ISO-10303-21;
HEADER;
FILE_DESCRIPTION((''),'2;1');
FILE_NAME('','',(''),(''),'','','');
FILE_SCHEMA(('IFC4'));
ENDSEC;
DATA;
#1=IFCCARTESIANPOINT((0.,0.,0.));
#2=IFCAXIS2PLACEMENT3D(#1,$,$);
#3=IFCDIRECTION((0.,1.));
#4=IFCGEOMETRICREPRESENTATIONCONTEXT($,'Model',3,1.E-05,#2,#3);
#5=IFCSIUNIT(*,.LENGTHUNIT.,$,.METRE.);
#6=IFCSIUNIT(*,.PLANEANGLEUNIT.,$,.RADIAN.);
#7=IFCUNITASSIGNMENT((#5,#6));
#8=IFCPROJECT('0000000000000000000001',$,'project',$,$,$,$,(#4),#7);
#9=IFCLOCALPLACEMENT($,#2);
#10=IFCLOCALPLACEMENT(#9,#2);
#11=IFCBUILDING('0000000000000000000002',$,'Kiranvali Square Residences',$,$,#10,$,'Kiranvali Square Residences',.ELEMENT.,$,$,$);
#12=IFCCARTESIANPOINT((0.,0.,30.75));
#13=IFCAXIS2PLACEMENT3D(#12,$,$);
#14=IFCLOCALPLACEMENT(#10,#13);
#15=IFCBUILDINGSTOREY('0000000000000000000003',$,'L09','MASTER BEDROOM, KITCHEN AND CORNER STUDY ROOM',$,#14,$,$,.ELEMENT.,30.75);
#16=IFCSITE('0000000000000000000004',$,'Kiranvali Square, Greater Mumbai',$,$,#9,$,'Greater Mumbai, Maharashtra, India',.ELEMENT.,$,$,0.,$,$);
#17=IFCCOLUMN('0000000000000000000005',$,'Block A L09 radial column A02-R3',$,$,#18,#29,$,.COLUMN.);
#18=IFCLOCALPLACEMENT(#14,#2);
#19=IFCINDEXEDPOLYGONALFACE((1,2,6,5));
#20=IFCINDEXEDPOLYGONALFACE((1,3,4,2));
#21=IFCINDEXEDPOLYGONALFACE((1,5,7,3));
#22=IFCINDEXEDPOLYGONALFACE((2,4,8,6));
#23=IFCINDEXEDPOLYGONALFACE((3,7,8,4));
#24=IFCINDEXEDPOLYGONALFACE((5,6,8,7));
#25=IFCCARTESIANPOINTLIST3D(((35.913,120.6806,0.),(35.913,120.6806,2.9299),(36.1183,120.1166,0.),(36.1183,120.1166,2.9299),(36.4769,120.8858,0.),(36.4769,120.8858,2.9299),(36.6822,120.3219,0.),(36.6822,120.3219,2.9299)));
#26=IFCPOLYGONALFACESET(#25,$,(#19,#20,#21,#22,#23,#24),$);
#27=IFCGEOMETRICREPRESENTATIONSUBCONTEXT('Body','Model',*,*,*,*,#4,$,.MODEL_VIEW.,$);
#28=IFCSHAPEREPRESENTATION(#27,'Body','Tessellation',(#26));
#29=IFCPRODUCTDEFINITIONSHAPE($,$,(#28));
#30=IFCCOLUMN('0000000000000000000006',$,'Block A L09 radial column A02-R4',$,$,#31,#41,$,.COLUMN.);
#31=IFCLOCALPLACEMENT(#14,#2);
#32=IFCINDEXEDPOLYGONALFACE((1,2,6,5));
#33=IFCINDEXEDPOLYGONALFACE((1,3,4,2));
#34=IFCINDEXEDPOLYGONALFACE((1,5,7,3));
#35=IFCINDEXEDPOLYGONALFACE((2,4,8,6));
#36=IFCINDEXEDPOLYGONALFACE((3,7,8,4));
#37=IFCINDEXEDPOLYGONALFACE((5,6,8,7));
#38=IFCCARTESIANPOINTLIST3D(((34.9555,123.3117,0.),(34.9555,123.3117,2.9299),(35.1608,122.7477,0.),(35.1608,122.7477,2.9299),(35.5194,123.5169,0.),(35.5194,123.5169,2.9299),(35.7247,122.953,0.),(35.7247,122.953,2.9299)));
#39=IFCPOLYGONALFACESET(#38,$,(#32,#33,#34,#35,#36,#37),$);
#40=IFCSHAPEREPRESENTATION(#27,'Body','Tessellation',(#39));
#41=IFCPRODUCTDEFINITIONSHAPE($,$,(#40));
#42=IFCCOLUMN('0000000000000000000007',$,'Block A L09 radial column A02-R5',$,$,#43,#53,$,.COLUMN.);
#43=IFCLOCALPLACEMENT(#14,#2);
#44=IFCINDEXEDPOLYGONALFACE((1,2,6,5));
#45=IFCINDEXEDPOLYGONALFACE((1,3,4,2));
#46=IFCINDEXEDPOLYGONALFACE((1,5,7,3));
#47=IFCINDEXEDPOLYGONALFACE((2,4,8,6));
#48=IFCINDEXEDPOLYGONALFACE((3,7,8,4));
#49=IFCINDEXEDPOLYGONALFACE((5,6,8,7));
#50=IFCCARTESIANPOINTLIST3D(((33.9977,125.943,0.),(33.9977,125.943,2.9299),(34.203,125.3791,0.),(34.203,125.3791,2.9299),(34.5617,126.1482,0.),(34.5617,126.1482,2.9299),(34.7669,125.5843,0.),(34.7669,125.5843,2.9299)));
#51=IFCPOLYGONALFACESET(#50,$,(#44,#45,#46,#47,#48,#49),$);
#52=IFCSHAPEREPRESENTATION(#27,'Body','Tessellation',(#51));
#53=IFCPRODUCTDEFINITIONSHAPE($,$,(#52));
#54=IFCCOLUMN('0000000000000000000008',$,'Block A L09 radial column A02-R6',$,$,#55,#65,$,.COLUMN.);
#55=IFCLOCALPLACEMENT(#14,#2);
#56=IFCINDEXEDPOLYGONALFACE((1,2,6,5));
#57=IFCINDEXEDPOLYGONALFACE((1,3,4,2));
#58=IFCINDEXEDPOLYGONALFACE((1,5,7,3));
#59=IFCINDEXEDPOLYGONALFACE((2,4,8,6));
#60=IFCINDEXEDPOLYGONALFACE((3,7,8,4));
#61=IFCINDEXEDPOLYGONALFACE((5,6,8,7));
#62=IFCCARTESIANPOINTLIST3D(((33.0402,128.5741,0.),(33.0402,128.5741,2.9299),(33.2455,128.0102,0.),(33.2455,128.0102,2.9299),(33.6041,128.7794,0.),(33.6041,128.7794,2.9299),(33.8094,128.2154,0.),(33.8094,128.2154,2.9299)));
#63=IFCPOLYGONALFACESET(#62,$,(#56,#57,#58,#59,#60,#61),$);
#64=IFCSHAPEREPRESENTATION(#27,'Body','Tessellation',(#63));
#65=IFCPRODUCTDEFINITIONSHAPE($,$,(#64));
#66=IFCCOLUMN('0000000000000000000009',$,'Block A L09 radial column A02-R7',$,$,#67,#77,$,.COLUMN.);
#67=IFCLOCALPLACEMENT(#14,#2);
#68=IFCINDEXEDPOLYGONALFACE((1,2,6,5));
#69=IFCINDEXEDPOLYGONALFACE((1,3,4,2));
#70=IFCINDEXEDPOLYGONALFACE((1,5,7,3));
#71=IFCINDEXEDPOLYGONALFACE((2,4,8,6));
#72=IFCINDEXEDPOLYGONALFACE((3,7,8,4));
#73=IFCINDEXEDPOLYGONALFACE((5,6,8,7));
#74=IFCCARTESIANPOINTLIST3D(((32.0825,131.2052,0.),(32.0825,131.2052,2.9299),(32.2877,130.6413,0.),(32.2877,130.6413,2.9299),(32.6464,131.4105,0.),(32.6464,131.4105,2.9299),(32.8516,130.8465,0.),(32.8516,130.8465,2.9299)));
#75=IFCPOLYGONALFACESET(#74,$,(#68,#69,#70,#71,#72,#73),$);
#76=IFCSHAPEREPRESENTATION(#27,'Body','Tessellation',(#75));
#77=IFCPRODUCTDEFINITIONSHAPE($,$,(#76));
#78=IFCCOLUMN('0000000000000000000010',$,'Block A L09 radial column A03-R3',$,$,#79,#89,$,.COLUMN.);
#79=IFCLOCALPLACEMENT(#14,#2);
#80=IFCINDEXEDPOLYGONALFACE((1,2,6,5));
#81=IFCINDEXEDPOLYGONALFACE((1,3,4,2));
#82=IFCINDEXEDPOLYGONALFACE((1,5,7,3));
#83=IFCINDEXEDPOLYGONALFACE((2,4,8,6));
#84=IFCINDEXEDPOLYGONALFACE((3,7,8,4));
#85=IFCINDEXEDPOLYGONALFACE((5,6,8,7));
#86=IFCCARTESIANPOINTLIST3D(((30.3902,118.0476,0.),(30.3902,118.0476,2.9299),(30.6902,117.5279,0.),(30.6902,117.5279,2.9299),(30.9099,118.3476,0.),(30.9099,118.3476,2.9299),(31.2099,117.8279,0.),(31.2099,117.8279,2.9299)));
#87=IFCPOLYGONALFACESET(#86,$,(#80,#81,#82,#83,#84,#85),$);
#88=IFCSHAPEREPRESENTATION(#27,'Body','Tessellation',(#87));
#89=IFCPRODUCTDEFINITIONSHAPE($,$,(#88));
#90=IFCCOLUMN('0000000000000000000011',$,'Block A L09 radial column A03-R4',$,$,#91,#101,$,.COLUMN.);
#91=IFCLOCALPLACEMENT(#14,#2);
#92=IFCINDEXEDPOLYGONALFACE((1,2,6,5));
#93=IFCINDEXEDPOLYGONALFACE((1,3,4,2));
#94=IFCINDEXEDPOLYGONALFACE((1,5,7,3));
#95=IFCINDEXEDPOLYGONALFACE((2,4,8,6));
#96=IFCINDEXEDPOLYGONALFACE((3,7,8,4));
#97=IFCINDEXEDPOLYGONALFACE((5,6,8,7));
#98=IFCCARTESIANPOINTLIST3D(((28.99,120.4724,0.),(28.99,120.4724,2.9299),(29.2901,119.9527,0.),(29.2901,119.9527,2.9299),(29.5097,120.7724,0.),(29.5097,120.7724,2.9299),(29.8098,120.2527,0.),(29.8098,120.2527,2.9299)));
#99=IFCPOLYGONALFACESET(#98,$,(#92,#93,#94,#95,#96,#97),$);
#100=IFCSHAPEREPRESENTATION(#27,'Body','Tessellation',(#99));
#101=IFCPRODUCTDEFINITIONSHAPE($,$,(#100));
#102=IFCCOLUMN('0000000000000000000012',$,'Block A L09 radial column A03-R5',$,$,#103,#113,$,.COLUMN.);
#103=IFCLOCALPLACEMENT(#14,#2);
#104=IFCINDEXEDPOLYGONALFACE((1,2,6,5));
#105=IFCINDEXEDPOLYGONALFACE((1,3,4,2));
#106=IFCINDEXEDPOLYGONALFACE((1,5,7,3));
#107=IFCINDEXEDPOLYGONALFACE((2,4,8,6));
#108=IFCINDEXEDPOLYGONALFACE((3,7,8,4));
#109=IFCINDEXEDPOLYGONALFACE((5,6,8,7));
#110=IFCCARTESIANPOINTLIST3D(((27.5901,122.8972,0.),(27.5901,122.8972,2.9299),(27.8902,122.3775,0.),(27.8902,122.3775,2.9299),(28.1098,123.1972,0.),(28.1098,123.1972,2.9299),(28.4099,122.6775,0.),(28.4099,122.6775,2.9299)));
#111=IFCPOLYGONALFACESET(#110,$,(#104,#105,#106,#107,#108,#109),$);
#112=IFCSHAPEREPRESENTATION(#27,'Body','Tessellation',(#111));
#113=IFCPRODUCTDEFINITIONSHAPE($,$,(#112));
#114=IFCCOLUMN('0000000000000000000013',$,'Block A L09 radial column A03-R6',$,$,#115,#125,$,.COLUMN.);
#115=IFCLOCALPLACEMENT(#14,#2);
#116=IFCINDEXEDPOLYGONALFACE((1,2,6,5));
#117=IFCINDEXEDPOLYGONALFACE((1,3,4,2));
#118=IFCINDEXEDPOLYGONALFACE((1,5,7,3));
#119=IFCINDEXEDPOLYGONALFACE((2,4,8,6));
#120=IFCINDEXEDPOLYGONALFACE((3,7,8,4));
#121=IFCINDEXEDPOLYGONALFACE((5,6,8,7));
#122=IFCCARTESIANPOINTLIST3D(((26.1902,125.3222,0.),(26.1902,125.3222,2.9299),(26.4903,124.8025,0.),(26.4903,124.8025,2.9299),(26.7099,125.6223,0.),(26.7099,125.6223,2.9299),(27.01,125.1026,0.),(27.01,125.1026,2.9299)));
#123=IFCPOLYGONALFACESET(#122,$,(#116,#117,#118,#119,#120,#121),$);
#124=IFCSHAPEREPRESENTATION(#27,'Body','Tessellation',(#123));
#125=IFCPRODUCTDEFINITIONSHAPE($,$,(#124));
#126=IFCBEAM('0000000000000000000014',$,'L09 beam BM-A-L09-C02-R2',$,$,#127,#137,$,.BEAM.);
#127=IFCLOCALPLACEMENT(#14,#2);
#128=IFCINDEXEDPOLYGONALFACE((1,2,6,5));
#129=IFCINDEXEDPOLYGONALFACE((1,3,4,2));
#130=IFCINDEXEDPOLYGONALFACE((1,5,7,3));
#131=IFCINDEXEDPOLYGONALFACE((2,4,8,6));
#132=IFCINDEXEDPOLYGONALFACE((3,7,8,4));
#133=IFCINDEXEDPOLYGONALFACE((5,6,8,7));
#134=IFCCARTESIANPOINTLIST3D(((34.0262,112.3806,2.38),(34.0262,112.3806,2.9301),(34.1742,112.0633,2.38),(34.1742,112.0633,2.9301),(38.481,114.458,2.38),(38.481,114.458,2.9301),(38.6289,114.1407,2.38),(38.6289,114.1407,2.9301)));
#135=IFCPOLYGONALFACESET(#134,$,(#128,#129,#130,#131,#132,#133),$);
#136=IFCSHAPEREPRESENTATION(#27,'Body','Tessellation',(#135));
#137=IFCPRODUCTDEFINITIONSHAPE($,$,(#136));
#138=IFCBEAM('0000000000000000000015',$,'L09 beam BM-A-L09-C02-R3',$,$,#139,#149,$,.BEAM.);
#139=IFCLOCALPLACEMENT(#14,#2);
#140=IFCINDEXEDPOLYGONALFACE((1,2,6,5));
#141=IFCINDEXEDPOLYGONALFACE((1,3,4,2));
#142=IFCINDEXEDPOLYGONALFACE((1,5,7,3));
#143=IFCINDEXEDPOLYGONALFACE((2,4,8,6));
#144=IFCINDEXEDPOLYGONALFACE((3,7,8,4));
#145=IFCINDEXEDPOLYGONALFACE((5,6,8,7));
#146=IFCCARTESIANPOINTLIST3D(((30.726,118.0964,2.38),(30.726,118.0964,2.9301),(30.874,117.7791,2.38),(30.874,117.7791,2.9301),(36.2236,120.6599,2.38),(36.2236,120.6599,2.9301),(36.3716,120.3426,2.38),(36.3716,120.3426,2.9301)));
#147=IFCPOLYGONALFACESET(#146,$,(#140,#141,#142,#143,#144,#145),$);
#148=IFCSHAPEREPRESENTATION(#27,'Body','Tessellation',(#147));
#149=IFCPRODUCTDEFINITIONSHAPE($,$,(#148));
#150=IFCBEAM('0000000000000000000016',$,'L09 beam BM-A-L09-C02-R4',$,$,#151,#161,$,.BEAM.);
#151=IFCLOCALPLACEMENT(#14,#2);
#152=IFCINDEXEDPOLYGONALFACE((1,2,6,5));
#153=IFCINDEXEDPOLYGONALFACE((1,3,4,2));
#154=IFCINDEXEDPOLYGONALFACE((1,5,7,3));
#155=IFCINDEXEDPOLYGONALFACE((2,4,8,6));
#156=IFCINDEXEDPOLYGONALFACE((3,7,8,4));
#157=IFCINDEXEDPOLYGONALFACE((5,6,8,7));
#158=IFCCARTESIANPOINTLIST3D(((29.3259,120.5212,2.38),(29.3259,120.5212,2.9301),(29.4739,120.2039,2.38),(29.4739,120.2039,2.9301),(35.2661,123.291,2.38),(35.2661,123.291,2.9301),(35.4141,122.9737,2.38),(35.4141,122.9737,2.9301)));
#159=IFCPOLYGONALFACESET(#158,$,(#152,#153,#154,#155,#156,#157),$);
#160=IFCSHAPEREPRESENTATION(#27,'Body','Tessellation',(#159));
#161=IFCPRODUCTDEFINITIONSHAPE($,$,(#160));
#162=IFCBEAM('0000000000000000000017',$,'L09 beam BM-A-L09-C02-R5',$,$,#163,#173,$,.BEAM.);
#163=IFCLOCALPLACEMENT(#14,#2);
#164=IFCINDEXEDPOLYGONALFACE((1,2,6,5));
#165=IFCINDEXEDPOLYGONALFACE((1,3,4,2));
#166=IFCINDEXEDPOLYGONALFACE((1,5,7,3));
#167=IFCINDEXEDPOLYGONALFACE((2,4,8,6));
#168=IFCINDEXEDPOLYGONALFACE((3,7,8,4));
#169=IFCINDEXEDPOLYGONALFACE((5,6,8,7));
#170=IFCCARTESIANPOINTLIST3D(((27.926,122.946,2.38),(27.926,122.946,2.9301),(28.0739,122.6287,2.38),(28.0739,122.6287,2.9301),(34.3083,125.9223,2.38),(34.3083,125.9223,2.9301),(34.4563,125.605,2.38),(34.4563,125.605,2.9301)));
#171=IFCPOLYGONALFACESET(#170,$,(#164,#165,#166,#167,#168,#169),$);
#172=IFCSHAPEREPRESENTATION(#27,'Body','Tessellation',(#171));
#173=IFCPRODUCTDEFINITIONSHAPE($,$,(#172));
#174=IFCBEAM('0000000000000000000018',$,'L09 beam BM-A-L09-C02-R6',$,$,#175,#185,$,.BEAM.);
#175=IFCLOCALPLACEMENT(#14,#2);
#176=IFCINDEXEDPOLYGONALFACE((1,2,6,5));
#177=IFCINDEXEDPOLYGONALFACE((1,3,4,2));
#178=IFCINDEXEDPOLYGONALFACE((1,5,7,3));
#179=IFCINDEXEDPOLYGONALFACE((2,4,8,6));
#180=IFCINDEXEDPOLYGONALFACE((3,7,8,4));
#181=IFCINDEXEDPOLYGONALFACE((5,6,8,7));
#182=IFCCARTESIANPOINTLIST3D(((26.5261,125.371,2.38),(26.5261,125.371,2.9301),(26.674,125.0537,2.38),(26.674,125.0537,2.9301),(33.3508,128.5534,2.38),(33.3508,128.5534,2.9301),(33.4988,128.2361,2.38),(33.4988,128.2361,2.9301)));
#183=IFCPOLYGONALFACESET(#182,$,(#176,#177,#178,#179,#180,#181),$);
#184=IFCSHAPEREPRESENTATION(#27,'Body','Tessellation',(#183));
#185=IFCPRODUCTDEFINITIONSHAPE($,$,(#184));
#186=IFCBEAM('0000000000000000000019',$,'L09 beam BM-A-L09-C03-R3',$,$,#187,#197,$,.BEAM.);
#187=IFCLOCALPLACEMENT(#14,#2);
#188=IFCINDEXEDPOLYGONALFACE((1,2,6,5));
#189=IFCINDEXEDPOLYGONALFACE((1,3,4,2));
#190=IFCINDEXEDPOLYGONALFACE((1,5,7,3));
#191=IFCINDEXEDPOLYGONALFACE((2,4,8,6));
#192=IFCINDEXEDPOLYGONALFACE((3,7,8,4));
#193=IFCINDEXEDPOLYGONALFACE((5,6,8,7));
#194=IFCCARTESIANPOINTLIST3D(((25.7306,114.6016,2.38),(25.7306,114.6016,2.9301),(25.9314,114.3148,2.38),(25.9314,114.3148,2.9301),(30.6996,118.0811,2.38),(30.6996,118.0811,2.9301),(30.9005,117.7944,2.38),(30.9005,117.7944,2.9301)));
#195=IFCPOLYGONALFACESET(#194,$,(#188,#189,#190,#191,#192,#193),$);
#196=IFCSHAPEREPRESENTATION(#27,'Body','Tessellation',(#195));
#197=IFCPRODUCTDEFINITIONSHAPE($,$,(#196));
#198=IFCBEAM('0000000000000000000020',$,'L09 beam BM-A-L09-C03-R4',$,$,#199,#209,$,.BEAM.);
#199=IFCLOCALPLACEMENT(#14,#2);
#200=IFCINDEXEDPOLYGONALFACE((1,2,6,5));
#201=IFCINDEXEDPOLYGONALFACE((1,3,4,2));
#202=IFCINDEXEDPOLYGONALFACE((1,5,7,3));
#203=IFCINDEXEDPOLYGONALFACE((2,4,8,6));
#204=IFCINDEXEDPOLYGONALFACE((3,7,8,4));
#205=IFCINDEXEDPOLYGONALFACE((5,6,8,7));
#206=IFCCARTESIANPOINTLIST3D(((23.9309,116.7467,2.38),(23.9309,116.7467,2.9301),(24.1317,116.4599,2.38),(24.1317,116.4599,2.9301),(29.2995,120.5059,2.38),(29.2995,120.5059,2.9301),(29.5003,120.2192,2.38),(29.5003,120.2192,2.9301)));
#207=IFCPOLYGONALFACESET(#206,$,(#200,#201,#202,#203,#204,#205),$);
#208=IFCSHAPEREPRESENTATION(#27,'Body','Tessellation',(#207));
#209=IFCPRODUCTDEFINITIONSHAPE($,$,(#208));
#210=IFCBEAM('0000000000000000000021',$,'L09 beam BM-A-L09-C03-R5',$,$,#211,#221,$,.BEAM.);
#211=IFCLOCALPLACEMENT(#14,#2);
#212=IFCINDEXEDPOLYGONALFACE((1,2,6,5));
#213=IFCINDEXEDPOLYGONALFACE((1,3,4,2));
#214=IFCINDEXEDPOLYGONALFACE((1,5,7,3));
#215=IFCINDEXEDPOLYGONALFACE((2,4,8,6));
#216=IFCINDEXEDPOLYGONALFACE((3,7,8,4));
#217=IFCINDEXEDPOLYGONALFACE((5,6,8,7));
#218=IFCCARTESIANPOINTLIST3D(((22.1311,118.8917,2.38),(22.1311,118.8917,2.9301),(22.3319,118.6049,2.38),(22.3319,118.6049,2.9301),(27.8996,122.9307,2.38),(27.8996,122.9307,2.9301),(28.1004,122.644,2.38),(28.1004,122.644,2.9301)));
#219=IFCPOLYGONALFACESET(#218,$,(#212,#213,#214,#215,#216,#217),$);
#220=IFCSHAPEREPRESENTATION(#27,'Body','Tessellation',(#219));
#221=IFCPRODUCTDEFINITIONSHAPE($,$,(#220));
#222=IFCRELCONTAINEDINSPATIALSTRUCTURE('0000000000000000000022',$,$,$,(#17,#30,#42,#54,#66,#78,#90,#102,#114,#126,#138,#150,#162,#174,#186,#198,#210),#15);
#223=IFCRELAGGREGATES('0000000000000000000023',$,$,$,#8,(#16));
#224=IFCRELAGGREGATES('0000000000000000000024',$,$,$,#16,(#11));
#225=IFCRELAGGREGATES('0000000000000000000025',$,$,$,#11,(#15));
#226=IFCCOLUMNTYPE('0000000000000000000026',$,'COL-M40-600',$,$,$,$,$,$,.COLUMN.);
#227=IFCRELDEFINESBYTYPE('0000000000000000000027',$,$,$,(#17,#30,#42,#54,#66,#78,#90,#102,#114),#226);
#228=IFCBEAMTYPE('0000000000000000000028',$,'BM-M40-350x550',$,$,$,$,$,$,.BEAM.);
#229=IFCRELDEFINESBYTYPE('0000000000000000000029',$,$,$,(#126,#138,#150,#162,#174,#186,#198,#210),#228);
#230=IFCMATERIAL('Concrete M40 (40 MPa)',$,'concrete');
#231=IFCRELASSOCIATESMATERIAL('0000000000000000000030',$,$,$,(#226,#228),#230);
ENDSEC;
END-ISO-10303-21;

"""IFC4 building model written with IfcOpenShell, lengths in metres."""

from ifc_helpers import new_model, si_unit, direction, frame, origin, origin_2d, place, context, subcontext, project, spatial, rectangle, extrude, material, material_profile, profile_set, type_object, element, save


model = new_model("IFC4")

# Units and contexts
model_context = context("Model", 3, precision=1e-05, world=origin(), true_north=direction((0.0, 1.0)))
body_context = subcontext(model_context, "Body", "Model", "MODEL_VIEW")
ifc_project = project(units=[si_unit("LENGTHUNIT", "METRE"), si_unit("PLANEANGLEUNIT", "RADIAN")], contexts=[model_context])

# Site, building, storey
site_placement = place(None, origin())
site = spatial("IfcSite", under=ifc_project, at=site_placement, Name="Kiranvali Square, Greater Mumbai", LongName="Greater Mumbai, Maharashtra, India", CompositionType="ELEMENT", RefElevation=0.0)
building_placement = place(site_placement, origin())
building = spatial("IfcBuilding", under=site, at=building_placement, Name="Kiranvali Square Residences", LongName="Kiranvali Square Residences", CompositionType="ELEMENT")
storey_placement = place(building_placement, frame((0.0, 0.0, 30.75)))
storey = spatial("IfcBuildingStorey", under=building, at=storey_placement, Name="L09", Description="MASTER BEDROOM, KITCHEN AND CORNER STUDY ROOM", CompositionType="ELEMENT", Elevation=30.75)

# Columns
ifc_material_1 = material(Name="Concrete M40 (40 MPa)", Category="concrete")
ifc_material_profile_1 = material_profile(ifc_material_1, rectangle(XDim=0.6001, YDim=0.6001, at=origin_2d()), Name="RC 600x600")
ifc_profile_set_1 = profile_set([ifc_material_profile_1], Name="Concrete M40 (40 MPa)")
column_type = type_object("IfcColumnType", Name="COL-M40-600", PredefinedType="COLUMN", material=ifc_profile_set_1)
for number, where, z_axis, x_axis, name in (
    (1, (36.2976, 120.5012, 0.0), (0.0, 0.0, 1.0), (0.939693, 0.34202, 0.0), "Block A L09 radial column A02-R3"),
    (2, (35.3401, 123.1323, 0.0), (0.0, 0.0, 1.0), (0.939693, 0.34202, 0.0), "Block A L09 radial column A02-R4"),
    (3, (34.3823, 125.7637, 0.0), (0.0, 0.0, 1.0), (0.939693, 0.34202, 0.0), "Block A L09 radial column A02-R5"),
    (4, (33.4248, 128.3948, 0.0), (0.0, 0.0, 1.0), (0.939693, 0.34202, 0.0), "Block A L09 radial column A02-R6"),
    (5, (32.467, 131.0259, 0.0), (0.0, 0.0, 1.0), (0.939693, 0.34202, 0.0), "Block A L09 radial column A02-R7"),
    (6, (30.8, 117.9377, 0.0), (0.0, 0.0, 1.0), (0.866025, 0.5, 0.0), "Block A L09 radial column A03-R3"),
    (7, (29.3999, 120.3625, 0.0), (0.0, 0.0, 1.0), (0.866025, 0.5, 0.0), "Block A L09 radial column A03-R4"),
    (8, (28.0, 122.7874, 0.0), (0.0, 0.0, 1.0), (0.866025, 0.5, 0.0), "Block A L09 radial column A03-R5"),
    (9, (26.6001, 125.2124, 0.0), (0.0, 0.0, 1.0), (0.866025, 0.5, 0.0), "Block A L09 radial column A03-R6"),
):
    element("IfcColumn", number, at=place(storey_placement, frame(where, z_axis=z_axis, x_axis=x_axis)), inside=storey, type_object=column_type, Name=name, PredefinedType="COLUMN", context=body_context, shape_type="SweptSolid", body=[
        extrude(rectangle(XDim=0.6001, YDim=0.6001, at=origin_2d()), origin(), (0.0, 0.0, 1.0), 2.9299),
    ])

# Beams
ifc_material_profile_2 = material_profile(ifc_material_1, rectangle(XDim=0.3501, YDim=0.55, at=origin_2d()), Name="RC 350x550")
ifc_profile_set_2 = profile_set([ifc_material_profile_2], Name="Concrete M40 (40 MPa)")
beam_type_1 = type_object("IfcBeamType", Name="BM-M40-350x550", PredefinedType="BEAM", material=ifc_profile_set_2)
beam_1_placement = place(storey_placement, frame((38.5549, 114.2993, 2.655), z_axis=(-0.906302, -0.42263, 0.0), x_axis=(0.42263, -0.906302, 0.0)))
element("IfcBeam", 10, at=beam_1_placement, inside=storey, type_object=beam_type_1, Name="L09 beam BM-A-L09-C02-R2", PredefinedType="BEAM", context=body_context, shape_type="SweptSolid", body=[
    extrude(rectangle(XDim=0.3501, YDim=0.55, at=origin_2d()), origin(), (0.0, 0.0, 1.0), 4.9153),
])
beam_2_placement = place(storey_placement, frame((36.2976, 120.5012, 2.655), z_axis=(-0.906313, -0.422608, 0.0), x_axis=(0.422608, -0.906313, 0.0)))
element("IfcBeam", 11, at=beam_2_placement, inside=storey, type_object=beam_type_1, Name="L09 beam BM-A-L09-C02-R3", PredefinedType="BEAM", context=body_context, shape_type="SweptSolid", body=[
    extrude(rectangle(XDim=0.3501, YDim=0.55, at=origin_2d()), origin(), (0.0, 0.0, 1.0), 6.0659),
])
beam_3_placement = place(storey_placement, frame((35.3401, 123.1323, 2.655), z_axis=(-0.906318, -0.422596, 0.0), x_axis=(0.422596, -0.906318, 0.0)))
element("IfcBeam", 12, at=beam_3_placement, inside=storey, type_object=beam_type_1, Name="L09 beam BM-A-L09-C02-R4", PredefinedType="BEAM", context=body_context, shape_type="SweptSolid", body=[
    extrude(rectangle(XDim=0.3501, YDim=0.55, at=origin_2d()), origin(), (0.0, 0.0, 1.0), 6.5542),
])
beam_4_placement = place(storey_placement, frame((34.3823, 125.7637, 2.655), z_axis=(-0.906297, -0.422641, 0.0), x_axis=(0.422641, -0.906297, 0.0)))
element("IfcBeam", 13, at=beam_4_placement, inside=storey, type_object=beam_type_1, Name="L09 beam BM-A-L09-C02-R5", PredefinedType="BEAM", context=body_context, shape_type="SweptSolid", body=[
    extrude(rectangle(XDim=0.3501, YDim=0.55, at=origin_2d()), origin(), (0.0, 0.0, 1.0), 7.0422),
])
beam_5_placement = place(storey_placement, frame((33.4248, 128.3948, 2.655), z_axis=(-0.90631, -0.422614, 0.0), x_axis=(0.422614, -0.90631, 0.0)))
element("IfcBeam", 14, at=beam_5_placement, inside=storey, type_object=beam_type_1, Name="L09 beam BM-A-L09-C02-R6", PredefinedType="BEAM", context=body_context, shape_type="SweptSolid", body=[
    extrude(rectangle(XDim=0.3501, YDim=0.55, at=origin_2d()), origin(), (0.0, 0.0, 1.0), 7.5303),
])
beam_6_placement = place(storey_placement, frame((30.8, 117.9377, 2.655), z_axis=(-0.819139, -0.573595, 0.0), x_axis=(0.573595, -0.819139, 0.0)))
element("IfcBeam", 15, at=beam_6_placement, inside=storey, type_object=beam_type_1, Name="L09 beam BM-A-L09-C03-R3", PredefinedType="BEAM", context=body_context, shape_type="SweptSolid", body=[
    extrude(rectangle(XDim=0.3501, YDim=0.55, at=origin_2d()), origin(), (0.0, 0.0, 1.0), 6.0662),
])
beam_7_placement = place(storey_placement, frame((29.3999, 120.3625, 2.655), z_axis=(-0.819144, -0.573587, 0.0), x_axis=(0.573587, -0.819144, 0.0)))
element("IfcBeam", 16, at=beam_7_placement, inside=storey, type_object=beam_type_1, Name="L09 beam BM-A-L09-C03-R4", PredefinedType="BEAM", context=body_context, shape_type="SweptSolid", body=[
    extrude(rectangle(XDim=0.3501, YDim=0.55, at=origin_2d()), origin(), (0.0, 0.0, 1.0), 6.554),
])
beam_8_placement = place(storey_placement, frame((28.0, 122.7874, 2.655), z_axis=(-0.81916, -0.573565, 0.0), x_axis=(0.573565, -0.81916, 0.0)))
element("IfcBeam", 17, at=beam_8_placement, inside=storey, type_object=beam_type_1, Name="L09 beam BM-A-L09-C03-R5", PredefinedType="BEAM", context=body_context, shape_type="SweptSolid", body=[
    extrude(rectangle(XDim=0.3501, YDim=0.55, at=origin_2d()), origin(), (0.0, 0.0, 1.0), 7.042),
])

save(model, "model.ifc")
